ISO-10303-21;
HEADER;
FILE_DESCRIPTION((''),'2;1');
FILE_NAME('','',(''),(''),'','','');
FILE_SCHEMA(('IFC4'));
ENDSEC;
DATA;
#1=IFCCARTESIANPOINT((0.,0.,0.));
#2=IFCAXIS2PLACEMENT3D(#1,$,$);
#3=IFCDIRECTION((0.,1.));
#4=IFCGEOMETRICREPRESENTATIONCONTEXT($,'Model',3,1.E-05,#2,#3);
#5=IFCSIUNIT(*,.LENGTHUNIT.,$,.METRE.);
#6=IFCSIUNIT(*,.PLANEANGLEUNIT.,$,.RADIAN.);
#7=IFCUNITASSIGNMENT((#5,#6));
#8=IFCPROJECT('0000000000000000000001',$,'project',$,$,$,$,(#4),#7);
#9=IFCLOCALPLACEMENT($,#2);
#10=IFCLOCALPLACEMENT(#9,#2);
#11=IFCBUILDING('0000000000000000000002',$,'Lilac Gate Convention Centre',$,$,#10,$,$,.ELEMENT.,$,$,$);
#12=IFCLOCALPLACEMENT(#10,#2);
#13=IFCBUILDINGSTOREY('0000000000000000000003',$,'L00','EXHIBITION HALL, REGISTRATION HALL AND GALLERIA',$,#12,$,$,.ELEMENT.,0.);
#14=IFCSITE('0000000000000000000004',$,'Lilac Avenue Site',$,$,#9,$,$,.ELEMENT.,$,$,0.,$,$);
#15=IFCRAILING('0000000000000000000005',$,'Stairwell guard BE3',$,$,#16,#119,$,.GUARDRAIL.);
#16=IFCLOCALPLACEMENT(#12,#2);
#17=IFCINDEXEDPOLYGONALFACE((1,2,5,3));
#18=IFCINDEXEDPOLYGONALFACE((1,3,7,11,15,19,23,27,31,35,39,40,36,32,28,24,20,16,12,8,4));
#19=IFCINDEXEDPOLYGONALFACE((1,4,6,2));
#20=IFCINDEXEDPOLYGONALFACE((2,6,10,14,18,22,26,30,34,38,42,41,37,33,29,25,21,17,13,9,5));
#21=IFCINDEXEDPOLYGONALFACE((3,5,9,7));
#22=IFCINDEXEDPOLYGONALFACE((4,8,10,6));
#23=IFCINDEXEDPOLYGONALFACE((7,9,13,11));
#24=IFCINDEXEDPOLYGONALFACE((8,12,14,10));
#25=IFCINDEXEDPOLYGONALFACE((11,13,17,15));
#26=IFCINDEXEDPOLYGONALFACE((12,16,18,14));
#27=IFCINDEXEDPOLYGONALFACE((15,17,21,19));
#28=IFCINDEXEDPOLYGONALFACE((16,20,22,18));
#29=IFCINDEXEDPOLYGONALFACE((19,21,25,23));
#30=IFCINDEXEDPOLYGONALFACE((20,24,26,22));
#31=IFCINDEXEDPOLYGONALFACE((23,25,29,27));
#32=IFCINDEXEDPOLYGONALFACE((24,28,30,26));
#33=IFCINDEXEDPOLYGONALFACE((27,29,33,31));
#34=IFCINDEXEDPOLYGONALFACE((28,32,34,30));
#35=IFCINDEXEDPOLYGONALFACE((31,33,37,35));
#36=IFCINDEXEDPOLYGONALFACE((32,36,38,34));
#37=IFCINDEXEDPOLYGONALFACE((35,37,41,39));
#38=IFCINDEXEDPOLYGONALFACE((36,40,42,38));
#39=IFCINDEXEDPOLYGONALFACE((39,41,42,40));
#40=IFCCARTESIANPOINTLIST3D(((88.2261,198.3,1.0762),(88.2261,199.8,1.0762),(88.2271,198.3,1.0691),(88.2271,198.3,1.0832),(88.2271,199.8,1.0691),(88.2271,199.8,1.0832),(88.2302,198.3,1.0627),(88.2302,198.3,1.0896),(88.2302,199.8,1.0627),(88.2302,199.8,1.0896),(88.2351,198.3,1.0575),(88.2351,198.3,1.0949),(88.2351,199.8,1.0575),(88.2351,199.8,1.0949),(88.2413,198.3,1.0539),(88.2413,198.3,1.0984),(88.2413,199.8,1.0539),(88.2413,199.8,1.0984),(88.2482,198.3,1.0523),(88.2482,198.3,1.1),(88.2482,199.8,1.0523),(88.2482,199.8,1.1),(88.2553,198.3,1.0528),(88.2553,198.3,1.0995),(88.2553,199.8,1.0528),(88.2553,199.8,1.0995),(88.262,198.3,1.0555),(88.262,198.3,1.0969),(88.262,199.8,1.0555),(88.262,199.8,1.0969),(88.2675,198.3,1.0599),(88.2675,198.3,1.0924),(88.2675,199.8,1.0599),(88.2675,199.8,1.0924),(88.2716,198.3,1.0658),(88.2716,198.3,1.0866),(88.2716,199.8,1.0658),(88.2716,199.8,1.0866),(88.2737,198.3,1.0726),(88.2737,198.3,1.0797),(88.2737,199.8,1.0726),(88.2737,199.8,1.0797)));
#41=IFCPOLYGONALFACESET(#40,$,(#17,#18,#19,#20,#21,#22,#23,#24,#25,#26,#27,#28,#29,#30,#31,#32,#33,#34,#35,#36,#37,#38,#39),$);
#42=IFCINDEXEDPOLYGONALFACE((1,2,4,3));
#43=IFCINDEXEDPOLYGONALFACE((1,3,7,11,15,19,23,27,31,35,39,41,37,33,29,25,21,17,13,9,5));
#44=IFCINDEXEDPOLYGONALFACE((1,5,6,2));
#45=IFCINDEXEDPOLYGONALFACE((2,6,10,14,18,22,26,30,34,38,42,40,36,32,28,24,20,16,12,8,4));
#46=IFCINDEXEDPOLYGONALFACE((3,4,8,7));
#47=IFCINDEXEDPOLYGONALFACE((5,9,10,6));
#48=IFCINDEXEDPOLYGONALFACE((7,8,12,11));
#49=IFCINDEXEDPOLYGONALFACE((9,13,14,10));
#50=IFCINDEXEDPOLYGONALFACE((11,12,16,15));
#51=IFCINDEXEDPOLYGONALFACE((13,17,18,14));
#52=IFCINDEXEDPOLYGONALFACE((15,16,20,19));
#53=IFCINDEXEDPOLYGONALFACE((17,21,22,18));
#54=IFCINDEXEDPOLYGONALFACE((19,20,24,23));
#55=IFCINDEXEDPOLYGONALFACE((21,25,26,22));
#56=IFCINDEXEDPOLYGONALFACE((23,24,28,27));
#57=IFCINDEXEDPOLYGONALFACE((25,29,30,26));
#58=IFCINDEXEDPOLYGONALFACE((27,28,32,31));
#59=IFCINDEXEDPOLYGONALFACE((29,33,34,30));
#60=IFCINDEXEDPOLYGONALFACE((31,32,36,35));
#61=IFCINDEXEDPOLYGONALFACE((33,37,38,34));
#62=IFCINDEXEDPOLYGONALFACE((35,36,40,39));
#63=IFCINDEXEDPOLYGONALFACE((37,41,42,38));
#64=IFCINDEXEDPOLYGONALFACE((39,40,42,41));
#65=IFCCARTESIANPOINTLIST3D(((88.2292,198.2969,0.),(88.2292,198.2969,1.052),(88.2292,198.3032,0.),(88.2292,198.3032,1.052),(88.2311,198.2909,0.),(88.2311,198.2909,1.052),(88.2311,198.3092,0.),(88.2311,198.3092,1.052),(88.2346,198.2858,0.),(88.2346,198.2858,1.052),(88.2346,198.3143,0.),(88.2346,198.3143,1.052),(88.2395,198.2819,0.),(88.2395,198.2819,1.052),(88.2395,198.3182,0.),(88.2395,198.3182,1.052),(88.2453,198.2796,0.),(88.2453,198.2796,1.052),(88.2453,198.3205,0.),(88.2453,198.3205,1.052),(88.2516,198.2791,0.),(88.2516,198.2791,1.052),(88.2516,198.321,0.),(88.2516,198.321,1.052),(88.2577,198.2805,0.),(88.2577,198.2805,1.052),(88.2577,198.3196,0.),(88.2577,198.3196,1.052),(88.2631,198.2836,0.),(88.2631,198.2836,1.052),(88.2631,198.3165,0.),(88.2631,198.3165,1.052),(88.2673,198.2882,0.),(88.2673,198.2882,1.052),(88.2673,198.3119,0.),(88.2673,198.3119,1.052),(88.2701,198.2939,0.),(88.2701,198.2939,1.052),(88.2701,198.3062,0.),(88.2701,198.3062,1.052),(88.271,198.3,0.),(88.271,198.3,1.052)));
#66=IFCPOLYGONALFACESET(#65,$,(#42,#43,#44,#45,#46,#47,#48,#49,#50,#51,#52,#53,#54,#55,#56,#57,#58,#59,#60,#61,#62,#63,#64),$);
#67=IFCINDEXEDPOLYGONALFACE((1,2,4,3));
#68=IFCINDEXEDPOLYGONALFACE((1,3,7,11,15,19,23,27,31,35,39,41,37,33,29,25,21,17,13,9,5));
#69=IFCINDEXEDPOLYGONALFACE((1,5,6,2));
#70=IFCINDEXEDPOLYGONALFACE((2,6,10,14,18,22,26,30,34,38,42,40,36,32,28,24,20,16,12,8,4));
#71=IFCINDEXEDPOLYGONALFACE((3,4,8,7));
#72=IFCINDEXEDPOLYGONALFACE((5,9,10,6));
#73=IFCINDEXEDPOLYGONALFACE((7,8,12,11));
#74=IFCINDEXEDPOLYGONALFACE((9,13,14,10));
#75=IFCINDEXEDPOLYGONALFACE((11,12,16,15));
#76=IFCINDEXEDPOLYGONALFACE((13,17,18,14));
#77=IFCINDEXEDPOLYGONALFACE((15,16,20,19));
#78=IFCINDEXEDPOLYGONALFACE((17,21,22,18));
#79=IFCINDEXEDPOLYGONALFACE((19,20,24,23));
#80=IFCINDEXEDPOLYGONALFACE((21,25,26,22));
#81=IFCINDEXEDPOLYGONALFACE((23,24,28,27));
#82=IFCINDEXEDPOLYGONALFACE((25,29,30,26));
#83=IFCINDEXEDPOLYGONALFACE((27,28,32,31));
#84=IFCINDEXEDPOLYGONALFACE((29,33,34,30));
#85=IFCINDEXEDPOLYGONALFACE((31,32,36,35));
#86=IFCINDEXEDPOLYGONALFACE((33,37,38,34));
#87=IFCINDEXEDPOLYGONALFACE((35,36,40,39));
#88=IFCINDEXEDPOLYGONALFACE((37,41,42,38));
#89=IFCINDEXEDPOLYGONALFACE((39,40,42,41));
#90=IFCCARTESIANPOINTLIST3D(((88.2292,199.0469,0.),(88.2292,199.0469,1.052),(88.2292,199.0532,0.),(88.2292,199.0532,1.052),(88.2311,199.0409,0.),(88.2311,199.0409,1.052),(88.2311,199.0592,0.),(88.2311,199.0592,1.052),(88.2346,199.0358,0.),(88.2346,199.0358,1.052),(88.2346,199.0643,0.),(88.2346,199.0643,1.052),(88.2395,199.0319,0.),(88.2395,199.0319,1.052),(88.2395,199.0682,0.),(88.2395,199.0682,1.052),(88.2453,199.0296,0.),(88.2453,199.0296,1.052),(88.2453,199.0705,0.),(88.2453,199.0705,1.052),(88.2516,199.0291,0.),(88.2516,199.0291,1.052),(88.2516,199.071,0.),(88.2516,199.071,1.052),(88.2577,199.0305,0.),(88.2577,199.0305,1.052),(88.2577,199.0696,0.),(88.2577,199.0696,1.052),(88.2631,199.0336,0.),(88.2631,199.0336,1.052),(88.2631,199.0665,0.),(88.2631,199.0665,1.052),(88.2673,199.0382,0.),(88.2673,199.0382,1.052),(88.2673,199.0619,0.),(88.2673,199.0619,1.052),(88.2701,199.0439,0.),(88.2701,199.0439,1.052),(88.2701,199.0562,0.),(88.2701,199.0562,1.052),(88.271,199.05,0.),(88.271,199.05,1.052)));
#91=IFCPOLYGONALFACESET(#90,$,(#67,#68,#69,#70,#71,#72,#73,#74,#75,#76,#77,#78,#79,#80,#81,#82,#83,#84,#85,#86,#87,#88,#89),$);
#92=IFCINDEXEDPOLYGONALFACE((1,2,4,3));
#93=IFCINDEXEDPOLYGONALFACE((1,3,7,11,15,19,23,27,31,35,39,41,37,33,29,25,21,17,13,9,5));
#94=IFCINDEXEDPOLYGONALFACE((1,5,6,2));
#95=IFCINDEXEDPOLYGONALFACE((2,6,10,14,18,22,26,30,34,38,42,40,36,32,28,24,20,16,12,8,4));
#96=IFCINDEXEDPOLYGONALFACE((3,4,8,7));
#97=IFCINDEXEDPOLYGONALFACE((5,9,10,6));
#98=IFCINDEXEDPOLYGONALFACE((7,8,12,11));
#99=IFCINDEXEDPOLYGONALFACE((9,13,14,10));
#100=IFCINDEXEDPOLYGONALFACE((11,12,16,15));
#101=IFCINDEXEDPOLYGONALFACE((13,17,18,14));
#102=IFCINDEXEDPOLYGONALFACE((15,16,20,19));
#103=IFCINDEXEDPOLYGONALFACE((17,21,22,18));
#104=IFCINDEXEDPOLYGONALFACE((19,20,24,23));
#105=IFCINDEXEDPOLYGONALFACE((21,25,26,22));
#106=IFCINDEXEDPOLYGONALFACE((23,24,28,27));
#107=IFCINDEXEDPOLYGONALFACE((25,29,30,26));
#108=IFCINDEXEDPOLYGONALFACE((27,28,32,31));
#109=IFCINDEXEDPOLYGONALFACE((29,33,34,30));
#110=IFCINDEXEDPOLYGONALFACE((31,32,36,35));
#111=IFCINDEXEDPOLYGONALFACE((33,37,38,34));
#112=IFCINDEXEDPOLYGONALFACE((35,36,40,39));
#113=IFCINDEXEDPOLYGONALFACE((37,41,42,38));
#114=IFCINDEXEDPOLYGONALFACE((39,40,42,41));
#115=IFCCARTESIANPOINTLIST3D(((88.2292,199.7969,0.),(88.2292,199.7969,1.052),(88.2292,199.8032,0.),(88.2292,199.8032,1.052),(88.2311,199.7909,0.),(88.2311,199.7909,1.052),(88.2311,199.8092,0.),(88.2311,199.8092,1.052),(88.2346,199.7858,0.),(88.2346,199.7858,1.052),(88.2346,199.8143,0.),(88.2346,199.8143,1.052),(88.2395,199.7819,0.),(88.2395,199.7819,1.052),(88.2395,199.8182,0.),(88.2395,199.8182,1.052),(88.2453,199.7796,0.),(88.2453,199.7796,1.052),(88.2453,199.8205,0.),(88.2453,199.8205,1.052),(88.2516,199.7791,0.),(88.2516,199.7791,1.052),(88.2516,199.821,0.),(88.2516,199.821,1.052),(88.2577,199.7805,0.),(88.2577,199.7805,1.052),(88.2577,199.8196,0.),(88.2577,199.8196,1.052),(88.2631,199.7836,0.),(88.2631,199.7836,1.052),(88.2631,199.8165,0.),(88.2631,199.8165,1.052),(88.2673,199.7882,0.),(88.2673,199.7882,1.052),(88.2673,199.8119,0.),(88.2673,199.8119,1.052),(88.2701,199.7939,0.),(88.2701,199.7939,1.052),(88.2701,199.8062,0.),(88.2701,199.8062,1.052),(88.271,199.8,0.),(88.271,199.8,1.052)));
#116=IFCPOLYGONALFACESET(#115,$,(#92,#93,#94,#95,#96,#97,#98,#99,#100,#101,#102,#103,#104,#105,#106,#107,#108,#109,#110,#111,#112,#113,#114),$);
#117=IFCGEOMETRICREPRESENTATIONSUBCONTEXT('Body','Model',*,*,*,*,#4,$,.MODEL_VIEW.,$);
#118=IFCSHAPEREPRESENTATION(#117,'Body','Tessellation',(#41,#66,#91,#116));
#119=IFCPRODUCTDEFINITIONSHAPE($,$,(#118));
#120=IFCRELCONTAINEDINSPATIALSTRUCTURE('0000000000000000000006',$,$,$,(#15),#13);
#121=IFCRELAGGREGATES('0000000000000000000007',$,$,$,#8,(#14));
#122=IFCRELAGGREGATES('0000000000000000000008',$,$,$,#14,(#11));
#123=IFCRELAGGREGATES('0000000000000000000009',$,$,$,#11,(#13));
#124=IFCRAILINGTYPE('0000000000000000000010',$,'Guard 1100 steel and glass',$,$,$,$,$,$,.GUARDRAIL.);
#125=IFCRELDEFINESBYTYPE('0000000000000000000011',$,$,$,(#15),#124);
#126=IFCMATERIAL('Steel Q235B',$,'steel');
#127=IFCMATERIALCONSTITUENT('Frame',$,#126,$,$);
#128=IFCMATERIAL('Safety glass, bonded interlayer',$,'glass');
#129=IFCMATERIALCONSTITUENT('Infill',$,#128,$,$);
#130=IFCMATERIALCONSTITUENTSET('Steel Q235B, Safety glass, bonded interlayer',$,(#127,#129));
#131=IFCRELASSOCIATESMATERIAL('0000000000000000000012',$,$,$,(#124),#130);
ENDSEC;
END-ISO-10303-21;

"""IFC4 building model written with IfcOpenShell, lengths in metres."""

from ifc_helpers import new_model, si_unit, direction, frame, origin, origin_2d, place, context, subcontext, project, spatial, circle, extrude, material, constituent, constituent_set, type_object, element, save


model = new_model("IFC4")

# Units and contexts
model_context = context("Model", 3, precision=1e-05, world=origin(), true_north=direction((0.0, 1.0)))
body_context = subcontext(model_context, "Body", "Model", "MODEL_VIEW")
ifc_project = project(units=[si_unit("LENGTHUNIT", "METRE"), si_unit("PLANEANGLEUNIT", "RADIAN")], contexts=[model_context])

# Site, building, storey
site_placement = place(None, origin())
site = spatial("IfcSite", under=ifc_project, at=site_placement, Name="Lilac Avenue Site", CompositionType="ELEMENT", RefElevation=0.0)
building_placement = place(site_placement, origin())
building = spatial("IfcBuilding", under=site, at=building_placement, Name="Lilac Gate Convention Centre", CompositionType="ELEMENT")
storey_placement = place(building_placement, origin())
storey = spatial("IfcBuildingStorey", under=building, at=storey_placement, Name="L00", Description="EXHIBITION HALL, REGISTRATION HALL AND GALLERIA", CompositionType="ELEMENT", Elevation=0.0)

# Shared definitions
ifc_material_1 = material(Name="Steel Q235B", Category="steel")

# Railing
ifc_constituent_1 = constituent(ifc_material_1, Name="Frame")
ifc_material_2 = material(Name="Safety glass, bonded interlayer", Category="glass")
ifc_constituent_2 = constituent(ifc_material_2, Name="Infill")
ifc_constituent_set = constituent_set(constituents=[ifc_constituent_1, ifc_constituent_2], Name="Steel Q235B, Safety glass, bonded interlayer")
railing_type_1 = type_object("IfcRailingType", Name="Guard 1100 steel and glass", PredefinedType="GUARDRAIL", material=ifc_constituent_set)
for number, where, name in (
    (1, (88.25, 198.3, 0.0), "Stairwell guard BE3"),
):
    element("IfcRailing", number, at=place(storey_placement, frame(where)), inside=storey, type_object=railing_type_1, Name=name, PredefinedType="GUARDRAIL", context=body_context, shape_type="SweptSolid", body=[
        extrude(circle(Radius=0.0239, at=origin_2d()), frame((0.0, 0.0, 1.0762), z_axis=(0.0, 1.0, 0.0), x_axis=(-1.0, 0.0, 0.0)), (0.0, 0.0, 1.0), 1.5),
        extrude(circle(Radius=0.021, at=origin_2d()), origin(), (0.0, 0.0, 1.0), 1.052),
        extrude(circle(Radius=0.021, at=origin_2d()), frame((0.0, 0.75, 0.0)), (0.0, 0.0, 1.0), 1.052),
        extrude(circle(Radius=0.021, at=origin_2d()), frame((0.0, 1.5, 0.0)), (0.0, 0.0, 1.0), 1.052),
    ])

save(model, "model.ifc")
